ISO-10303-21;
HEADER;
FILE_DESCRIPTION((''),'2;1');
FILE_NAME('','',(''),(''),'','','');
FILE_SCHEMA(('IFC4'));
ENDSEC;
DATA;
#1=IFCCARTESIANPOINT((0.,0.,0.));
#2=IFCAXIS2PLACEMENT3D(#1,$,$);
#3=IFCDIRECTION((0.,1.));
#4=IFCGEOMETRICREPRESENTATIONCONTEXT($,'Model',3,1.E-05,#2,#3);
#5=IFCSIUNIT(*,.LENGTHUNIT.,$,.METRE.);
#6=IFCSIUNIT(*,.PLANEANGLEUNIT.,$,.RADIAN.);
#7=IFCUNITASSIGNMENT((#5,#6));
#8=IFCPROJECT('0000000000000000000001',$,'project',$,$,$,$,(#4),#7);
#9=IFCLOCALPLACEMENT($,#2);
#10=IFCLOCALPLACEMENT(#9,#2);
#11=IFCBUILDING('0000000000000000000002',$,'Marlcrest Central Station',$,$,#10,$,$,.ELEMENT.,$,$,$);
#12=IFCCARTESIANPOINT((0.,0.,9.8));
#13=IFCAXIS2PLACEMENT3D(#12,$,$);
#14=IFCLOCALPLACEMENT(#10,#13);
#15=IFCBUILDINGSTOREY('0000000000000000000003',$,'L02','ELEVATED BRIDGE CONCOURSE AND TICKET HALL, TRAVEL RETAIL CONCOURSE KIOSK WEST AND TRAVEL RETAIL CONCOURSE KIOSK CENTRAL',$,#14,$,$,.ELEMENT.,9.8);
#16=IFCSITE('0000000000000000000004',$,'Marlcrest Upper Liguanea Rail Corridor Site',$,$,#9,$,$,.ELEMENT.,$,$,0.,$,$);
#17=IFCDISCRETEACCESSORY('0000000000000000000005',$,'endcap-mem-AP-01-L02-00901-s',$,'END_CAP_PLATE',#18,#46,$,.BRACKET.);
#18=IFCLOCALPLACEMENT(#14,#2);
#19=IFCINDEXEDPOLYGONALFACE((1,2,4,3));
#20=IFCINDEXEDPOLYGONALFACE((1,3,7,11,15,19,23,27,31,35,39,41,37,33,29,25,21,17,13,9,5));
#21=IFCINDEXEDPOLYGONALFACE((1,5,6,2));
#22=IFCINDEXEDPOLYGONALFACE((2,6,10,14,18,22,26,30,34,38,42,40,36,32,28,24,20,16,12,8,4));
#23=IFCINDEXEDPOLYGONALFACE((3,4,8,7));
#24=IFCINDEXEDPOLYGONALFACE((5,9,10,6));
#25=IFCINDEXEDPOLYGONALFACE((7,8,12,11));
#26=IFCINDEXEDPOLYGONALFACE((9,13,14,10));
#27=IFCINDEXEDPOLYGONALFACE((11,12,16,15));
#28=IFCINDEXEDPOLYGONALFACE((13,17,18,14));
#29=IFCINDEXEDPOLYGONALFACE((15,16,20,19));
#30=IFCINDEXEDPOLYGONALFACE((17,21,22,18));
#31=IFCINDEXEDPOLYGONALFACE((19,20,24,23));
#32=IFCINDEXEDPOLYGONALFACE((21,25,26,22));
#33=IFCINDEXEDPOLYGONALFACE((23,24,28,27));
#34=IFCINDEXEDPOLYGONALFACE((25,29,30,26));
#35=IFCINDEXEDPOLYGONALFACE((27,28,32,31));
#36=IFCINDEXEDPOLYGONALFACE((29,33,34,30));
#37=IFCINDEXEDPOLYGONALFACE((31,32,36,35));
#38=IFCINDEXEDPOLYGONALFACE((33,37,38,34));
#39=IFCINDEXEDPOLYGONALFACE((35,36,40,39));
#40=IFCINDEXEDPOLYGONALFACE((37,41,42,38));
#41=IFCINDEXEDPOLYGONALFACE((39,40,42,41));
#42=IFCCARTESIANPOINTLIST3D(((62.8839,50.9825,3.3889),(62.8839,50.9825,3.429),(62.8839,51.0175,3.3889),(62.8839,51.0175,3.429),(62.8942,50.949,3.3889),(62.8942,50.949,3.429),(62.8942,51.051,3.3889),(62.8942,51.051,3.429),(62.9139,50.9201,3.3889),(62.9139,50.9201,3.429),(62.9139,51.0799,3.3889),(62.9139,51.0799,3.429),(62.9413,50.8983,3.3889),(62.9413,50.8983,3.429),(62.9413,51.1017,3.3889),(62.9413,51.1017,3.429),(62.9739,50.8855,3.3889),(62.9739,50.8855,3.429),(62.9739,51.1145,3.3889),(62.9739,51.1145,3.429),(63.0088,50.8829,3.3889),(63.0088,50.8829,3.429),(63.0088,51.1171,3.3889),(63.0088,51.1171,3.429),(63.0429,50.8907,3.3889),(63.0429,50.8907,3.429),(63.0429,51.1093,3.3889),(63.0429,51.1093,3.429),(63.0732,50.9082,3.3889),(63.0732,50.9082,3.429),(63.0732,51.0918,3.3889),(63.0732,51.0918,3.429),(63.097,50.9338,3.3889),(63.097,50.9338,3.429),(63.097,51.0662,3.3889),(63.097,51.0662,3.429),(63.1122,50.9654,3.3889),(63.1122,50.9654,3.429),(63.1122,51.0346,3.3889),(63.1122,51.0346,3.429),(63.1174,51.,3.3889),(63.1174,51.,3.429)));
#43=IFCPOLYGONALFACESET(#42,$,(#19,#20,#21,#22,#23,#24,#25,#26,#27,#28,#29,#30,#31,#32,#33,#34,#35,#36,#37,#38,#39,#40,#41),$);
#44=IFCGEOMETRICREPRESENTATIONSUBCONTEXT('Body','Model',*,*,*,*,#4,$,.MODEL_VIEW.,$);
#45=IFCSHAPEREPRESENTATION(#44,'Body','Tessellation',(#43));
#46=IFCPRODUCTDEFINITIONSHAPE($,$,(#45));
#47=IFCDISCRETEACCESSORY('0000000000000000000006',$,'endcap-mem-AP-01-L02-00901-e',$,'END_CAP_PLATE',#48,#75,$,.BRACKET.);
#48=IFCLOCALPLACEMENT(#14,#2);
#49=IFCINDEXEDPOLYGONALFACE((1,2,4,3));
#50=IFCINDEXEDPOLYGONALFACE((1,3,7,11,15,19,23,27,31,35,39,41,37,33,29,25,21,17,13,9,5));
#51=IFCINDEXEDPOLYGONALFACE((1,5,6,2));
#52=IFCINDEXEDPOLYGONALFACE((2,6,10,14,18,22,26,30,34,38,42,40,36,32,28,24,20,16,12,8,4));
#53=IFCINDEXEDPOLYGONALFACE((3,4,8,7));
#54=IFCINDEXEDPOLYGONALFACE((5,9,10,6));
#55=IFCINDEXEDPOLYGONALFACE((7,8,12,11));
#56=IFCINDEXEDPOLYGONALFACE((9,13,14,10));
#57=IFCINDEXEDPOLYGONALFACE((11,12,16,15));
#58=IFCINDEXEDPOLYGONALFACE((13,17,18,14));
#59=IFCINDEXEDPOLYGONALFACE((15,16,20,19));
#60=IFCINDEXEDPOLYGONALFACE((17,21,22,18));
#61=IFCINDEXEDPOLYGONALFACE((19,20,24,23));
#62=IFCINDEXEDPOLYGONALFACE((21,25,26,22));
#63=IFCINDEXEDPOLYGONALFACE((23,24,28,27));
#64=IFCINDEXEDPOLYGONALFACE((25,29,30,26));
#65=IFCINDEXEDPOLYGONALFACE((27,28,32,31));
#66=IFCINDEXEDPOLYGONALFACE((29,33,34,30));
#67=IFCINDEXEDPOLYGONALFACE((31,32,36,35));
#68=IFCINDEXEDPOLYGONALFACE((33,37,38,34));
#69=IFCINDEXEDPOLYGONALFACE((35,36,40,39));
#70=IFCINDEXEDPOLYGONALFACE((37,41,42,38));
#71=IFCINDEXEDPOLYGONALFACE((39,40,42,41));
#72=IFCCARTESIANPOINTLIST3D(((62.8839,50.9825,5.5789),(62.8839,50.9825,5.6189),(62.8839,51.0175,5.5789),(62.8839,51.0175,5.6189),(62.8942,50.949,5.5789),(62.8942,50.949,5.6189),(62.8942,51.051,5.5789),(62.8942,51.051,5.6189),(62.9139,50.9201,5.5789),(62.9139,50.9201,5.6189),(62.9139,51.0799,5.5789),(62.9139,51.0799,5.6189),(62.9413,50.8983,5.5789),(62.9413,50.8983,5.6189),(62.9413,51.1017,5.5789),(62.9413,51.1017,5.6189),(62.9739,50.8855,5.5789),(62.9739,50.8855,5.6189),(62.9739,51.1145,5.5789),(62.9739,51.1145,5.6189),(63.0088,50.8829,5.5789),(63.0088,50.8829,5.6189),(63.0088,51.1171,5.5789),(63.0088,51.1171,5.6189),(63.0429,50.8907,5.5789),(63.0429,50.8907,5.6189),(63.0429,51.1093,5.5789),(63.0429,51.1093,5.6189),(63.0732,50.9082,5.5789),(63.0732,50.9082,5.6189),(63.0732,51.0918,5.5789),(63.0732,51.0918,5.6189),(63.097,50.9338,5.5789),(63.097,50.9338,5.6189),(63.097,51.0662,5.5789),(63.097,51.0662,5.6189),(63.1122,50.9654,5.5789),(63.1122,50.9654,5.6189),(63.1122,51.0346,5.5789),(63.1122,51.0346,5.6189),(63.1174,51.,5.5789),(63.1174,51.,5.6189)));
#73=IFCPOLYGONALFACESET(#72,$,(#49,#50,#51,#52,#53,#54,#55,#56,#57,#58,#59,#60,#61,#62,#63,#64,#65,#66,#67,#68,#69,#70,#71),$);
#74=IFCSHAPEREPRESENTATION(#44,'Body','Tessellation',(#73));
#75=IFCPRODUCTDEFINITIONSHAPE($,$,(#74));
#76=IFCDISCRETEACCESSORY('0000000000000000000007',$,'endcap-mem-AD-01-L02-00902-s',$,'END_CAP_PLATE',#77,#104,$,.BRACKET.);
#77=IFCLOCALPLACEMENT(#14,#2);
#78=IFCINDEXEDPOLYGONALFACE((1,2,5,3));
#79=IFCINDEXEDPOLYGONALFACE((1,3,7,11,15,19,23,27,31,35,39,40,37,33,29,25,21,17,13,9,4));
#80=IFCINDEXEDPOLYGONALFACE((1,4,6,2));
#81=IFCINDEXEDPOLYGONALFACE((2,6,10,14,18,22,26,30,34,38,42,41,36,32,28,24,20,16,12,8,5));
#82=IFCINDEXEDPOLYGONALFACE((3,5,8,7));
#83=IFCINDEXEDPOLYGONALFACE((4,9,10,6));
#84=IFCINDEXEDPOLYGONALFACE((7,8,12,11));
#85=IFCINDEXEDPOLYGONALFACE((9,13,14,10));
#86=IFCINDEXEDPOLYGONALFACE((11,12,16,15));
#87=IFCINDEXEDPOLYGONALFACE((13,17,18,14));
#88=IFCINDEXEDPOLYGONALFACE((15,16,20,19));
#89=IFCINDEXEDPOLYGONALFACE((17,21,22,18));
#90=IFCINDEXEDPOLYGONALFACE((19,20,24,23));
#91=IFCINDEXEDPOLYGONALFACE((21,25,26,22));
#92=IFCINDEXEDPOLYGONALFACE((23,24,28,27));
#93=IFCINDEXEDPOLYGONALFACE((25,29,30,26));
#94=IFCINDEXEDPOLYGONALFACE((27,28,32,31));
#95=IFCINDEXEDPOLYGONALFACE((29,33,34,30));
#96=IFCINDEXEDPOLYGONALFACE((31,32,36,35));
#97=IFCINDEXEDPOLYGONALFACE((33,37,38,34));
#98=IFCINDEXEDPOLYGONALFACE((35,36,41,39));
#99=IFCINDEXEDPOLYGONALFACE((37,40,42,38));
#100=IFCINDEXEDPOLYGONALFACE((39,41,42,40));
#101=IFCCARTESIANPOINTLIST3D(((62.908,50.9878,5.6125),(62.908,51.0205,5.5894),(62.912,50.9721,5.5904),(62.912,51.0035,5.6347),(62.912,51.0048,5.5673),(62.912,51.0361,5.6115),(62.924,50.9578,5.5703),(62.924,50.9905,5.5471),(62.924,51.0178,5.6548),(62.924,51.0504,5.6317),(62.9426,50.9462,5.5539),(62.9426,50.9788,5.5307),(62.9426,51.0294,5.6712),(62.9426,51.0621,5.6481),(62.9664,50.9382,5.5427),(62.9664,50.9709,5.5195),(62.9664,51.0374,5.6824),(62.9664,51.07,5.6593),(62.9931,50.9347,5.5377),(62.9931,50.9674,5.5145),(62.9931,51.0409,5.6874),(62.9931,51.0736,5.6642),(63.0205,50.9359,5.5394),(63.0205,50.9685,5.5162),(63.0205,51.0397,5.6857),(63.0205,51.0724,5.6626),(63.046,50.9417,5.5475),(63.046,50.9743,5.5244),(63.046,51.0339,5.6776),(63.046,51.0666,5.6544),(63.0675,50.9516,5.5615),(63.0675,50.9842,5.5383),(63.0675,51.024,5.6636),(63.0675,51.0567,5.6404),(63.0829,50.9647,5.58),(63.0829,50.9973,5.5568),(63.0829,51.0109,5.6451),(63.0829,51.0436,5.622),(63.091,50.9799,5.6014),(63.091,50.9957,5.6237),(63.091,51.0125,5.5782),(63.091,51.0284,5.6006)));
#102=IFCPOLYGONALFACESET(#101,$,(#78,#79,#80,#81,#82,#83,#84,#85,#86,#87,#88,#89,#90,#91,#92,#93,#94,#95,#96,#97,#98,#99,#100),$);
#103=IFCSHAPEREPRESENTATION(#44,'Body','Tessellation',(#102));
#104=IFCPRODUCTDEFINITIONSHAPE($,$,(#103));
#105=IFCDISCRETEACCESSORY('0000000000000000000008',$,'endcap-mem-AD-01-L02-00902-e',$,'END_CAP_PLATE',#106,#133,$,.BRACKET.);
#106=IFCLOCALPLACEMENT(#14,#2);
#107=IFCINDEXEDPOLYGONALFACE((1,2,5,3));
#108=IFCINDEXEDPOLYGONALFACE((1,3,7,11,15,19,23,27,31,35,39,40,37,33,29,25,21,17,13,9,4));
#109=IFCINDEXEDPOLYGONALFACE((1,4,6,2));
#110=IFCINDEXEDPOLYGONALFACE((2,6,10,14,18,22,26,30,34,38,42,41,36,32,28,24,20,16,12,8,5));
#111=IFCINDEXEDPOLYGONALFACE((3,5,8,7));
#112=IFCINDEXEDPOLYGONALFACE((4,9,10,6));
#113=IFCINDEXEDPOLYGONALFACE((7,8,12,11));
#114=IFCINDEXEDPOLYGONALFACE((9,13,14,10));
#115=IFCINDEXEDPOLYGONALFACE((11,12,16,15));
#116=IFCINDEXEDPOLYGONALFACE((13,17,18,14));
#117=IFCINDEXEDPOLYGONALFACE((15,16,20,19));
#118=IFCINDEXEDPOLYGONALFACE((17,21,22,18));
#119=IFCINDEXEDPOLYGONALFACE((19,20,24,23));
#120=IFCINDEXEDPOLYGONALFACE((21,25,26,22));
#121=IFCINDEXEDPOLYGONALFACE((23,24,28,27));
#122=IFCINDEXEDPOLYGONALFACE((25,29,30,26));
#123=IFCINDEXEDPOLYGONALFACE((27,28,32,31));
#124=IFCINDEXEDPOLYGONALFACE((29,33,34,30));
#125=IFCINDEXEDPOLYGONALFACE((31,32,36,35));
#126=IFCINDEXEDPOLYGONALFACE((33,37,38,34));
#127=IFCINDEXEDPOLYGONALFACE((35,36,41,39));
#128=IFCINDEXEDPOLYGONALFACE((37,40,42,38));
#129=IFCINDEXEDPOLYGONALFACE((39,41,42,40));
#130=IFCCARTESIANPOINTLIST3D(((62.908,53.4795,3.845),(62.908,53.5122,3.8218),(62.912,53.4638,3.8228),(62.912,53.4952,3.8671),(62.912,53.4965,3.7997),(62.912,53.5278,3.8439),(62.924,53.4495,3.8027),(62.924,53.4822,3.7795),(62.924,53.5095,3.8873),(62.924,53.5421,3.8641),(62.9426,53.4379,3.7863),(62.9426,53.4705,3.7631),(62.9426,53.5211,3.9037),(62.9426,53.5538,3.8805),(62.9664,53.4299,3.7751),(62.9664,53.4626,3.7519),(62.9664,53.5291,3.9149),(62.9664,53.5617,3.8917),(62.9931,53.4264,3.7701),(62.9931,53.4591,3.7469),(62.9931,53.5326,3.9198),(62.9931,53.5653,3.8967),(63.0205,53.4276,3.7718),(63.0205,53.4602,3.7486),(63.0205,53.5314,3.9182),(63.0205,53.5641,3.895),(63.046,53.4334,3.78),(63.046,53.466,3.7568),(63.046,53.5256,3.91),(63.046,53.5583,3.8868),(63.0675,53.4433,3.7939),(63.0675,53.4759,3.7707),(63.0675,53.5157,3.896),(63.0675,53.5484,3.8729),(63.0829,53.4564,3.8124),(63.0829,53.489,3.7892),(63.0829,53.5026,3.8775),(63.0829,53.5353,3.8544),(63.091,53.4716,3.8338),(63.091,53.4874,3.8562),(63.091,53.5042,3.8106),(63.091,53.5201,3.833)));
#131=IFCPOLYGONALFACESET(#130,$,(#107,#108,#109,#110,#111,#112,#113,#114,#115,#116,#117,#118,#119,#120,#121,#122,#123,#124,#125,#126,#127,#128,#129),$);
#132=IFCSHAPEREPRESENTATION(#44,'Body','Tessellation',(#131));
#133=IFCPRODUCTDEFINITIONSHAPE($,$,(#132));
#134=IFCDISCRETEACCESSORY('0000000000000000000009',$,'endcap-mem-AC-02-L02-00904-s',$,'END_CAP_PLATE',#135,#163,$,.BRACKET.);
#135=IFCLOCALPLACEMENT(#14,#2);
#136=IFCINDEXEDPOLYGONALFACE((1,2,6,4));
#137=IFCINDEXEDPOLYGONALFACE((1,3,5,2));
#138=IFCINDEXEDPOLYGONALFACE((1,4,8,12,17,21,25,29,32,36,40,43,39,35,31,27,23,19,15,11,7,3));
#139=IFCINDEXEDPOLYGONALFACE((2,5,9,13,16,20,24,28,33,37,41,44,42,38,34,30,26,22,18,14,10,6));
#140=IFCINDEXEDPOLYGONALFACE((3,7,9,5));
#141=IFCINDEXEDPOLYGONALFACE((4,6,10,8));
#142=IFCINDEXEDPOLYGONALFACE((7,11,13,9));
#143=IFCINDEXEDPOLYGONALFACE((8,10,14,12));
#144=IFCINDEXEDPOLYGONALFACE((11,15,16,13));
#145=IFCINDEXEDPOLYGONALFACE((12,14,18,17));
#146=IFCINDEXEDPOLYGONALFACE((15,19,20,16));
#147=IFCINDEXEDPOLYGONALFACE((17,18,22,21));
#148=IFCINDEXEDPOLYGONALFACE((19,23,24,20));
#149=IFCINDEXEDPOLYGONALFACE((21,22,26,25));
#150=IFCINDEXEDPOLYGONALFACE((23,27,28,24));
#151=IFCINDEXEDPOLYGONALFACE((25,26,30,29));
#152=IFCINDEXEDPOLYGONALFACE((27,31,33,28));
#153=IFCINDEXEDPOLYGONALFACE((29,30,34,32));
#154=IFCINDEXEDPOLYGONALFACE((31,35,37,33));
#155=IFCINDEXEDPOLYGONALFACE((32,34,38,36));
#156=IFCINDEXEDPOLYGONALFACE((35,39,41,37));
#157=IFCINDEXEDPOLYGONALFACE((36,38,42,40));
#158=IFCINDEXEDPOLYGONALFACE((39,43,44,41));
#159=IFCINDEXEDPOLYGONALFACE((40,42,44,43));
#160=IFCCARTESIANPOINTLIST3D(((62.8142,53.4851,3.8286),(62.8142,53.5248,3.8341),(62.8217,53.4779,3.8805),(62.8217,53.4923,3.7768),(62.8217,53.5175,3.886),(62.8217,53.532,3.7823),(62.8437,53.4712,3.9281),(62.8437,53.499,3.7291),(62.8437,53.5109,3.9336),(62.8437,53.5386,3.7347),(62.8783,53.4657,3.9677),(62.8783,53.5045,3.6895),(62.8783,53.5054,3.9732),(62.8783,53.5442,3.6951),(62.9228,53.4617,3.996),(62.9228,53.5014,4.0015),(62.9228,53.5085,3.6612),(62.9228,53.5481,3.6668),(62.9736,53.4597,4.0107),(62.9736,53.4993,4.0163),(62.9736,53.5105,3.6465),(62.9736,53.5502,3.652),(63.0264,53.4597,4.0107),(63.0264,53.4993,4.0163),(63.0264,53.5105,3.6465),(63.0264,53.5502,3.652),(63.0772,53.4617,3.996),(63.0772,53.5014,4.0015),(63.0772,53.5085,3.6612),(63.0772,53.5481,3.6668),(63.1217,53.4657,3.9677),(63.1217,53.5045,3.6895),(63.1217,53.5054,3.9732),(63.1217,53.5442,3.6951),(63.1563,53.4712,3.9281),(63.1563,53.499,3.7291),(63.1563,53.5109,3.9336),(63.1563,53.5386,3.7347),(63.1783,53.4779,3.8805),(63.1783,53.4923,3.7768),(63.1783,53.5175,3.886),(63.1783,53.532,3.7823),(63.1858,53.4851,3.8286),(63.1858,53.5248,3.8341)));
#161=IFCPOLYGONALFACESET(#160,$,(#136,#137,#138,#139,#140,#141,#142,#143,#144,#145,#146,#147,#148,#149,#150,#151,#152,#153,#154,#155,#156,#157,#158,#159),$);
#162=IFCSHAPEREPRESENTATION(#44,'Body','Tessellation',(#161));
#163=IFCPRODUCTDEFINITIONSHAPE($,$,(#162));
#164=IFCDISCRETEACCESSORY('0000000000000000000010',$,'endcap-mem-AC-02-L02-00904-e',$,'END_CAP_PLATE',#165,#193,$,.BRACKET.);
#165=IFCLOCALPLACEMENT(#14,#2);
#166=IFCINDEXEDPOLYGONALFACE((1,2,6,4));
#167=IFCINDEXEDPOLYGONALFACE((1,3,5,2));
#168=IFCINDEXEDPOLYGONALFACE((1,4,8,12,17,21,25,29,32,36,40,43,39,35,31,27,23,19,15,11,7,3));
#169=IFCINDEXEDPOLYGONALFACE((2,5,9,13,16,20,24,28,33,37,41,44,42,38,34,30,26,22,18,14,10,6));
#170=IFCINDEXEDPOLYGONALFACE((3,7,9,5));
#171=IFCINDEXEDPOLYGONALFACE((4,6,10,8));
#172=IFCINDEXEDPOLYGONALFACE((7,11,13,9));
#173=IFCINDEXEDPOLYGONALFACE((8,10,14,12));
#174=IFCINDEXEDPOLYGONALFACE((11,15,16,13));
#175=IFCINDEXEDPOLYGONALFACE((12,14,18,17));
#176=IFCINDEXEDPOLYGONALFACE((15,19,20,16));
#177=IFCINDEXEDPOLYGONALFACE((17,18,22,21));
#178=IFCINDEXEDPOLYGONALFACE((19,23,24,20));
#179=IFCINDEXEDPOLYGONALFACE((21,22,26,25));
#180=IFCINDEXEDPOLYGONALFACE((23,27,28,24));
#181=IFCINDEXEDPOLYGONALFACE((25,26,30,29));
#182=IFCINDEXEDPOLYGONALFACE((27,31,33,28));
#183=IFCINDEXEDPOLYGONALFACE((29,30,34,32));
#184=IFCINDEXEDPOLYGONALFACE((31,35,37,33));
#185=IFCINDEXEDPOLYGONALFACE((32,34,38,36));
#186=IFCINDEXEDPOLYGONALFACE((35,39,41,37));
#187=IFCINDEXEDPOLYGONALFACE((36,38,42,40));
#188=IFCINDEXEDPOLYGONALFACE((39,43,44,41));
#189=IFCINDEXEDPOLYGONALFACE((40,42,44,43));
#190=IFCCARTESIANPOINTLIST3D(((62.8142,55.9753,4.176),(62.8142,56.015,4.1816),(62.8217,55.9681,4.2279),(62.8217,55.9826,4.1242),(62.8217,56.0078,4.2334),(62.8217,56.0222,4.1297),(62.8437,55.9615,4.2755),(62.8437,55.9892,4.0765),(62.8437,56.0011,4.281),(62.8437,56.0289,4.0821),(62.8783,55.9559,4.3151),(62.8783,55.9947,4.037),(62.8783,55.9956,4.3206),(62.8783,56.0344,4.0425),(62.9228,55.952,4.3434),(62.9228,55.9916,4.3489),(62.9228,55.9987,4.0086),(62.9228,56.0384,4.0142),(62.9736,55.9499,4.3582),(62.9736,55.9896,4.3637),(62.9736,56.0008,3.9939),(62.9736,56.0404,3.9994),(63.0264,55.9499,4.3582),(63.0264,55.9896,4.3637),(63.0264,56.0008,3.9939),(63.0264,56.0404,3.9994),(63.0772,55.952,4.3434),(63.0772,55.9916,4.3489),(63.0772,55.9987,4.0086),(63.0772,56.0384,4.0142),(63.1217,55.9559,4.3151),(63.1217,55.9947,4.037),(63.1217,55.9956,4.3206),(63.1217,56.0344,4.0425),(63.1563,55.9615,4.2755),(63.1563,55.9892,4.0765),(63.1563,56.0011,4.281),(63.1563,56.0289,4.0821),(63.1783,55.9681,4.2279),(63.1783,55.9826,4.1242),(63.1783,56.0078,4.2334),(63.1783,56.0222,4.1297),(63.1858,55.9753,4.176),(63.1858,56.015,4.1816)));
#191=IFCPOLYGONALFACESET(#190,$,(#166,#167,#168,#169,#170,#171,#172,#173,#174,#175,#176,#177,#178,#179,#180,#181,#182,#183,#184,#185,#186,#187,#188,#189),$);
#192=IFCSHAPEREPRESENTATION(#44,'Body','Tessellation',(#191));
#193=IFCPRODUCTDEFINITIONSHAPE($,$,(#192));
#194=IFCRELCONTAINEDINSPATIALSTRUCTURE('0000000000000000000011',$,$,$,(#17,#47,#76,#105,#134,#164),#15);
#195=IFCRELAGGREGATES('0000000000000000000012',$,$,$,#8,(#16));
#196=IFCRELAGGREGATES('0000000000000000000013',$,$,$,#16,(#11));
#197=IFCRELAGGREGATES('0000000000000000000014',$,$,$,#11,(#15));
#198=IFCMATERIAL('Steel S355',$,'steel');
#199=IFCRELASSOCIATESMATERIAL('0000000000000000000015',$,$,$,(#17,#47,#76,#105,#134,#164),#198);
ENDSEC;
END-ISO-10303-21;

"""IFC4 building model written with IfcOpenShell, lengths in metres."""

from ifc_helpers import new_model, si_unit, direction, frame, origin, origin_2d, place, context, subcontext, project, spatial, circle, extrude, material, element, save


model = new_model("IFC4")

# Units and contexts
model_context = context("Model", 3, precision=1e-05, world=origin(), true_north=direction((0.0, 1.0)))
body_context = subcontext(model_context, "Body", "Model", "MODEL_VIEW")
ifc_project = project(units=[si_unit("LENGTHUNIT", "METRE"), si_unit("PLANEANGLEUNIT", "RADIAN")], contexts=[model_context])

# Site, building, storey
site_placement = place(None, origin())
site = spatial("IfcSite", under=ifc_project, at=site_placement, Name="Marlcrest Upper Liguanea Rail Corridor Site", CompositionType="ELEMENT", RefElevation=0.0)
building_placement = place(site_placement, origin())
building = spatial("IfcBuilding", under=site, at=building_placement, Name="Marlcrest Central Station", CompositionType="ELEMENT")
storey_placement = place(building_placement, frame((0.0, 0.0, 9.8)))
storey = spatial("IfcBuildingStorey", under=building, at=storey_placement, Name="L02", Description="ELEVATED BRIDGE CONCOURSE AND TICKET HALL, TRAVEL RETAIL CONCOURSE KIOSK WEST AND TRAVEL RETAIL CONCOURSE KIOSK CENTRAL", CompositionType="ELEMENT", Elevation=9.8)

# Shared definitions
ifc_material = material(Name="Steel S355", Category="steel")

# Discrete accessories
for number, where, z_axis, x_axis, name in (
    (1, (63.0, 51.0, 3.3889), (0.0, 0.0, 1.0), (1.0, 0.0, 0.0), "endcap-mem-AP-01-L02-00901-s"),
    (2, (63.0, 51.0, 5.5789), (0.0, 0.0, 1.0), (1.0, 0.0, 0.0), "endcap-mem-AP-01-L02-00901-e"),
):
    element("IfcDiscreteAccessory", number, at=place(storey_placement, frame(where, z_axis=z_axis, x_axis=x_axis)), inside=storey, material=ifc_material, Name=name, ObjectType="END_CAP_PLATE", PredefinedType="BRACKET", context=body_context, shape_type="SweptSolid", body=[
        extrude(circle(Radius=0.1174, at=origin_2d()), origin(), (0.0, 0.0, 1.0), 0.04),
    ])
for number, where, z_axis, x_axis, name in (
    (3, (63.0, 50.9878, 5.6125), (0.0, 0.815661, -0.57853), (-1.0, 0.0, 0.0), "endcap-mem-AD-01-L02-00902-s"),
    (4, (63.0, 53.4795, 3.845), (0.0, 0.815661, -0.57853), (-1.0, 0.0, 0.0), "endcap-mem-AD-01-L02-00902-e"),
):
    element("IfcDiscreteAccessory", number, at=place(storey_placement, frame(where, z_axis=z_axis, x_axis=x_axis)), inside=storey, material=ifc_material, Name=name, ObjectType="END_CAP_PLATE", PredefinedType="BRACKET", context=body_context, shape_type="SweptSolid", body=[
        extrude(circle(Radius=0.092, at=origin_2d()), origin(), (0.0, 0.0, 1.0), 0.04),
    ])
for number, where, z_axis, x_axis, name in (
    (5, (63.0, 53.4851, 3.8286), (0.0, 0.990403, 0.138211), (-1.0, 0.0, 0.0), "endcap-mem-AC-02-L02-00904-s"),
    (6, (63.0, 55.9753, 4.176), (0.0, 0.990403, 0.138211), (-1.0, 0.0, 0.0), "endcap-mem-AC-02-L02-00904-e"),
):
    element("IfcDiscreteAccessory", number, at=place(storey_placement, frame(where, z_axis=z_axis, x_axis=x_axis)), inside=storey, material=ifc_material, Name=name, ObjectType="END_CAP_PLATE", PredefinedType="BRACKET", context=body_context, shape_type="SweptSolid", body=[
        extrude(circle(Radius=0.1858, at=origin_2d()), origin(), (0.0, 0.0, 1.0), 0.04),
    ])

save(model, "model.ifc")
